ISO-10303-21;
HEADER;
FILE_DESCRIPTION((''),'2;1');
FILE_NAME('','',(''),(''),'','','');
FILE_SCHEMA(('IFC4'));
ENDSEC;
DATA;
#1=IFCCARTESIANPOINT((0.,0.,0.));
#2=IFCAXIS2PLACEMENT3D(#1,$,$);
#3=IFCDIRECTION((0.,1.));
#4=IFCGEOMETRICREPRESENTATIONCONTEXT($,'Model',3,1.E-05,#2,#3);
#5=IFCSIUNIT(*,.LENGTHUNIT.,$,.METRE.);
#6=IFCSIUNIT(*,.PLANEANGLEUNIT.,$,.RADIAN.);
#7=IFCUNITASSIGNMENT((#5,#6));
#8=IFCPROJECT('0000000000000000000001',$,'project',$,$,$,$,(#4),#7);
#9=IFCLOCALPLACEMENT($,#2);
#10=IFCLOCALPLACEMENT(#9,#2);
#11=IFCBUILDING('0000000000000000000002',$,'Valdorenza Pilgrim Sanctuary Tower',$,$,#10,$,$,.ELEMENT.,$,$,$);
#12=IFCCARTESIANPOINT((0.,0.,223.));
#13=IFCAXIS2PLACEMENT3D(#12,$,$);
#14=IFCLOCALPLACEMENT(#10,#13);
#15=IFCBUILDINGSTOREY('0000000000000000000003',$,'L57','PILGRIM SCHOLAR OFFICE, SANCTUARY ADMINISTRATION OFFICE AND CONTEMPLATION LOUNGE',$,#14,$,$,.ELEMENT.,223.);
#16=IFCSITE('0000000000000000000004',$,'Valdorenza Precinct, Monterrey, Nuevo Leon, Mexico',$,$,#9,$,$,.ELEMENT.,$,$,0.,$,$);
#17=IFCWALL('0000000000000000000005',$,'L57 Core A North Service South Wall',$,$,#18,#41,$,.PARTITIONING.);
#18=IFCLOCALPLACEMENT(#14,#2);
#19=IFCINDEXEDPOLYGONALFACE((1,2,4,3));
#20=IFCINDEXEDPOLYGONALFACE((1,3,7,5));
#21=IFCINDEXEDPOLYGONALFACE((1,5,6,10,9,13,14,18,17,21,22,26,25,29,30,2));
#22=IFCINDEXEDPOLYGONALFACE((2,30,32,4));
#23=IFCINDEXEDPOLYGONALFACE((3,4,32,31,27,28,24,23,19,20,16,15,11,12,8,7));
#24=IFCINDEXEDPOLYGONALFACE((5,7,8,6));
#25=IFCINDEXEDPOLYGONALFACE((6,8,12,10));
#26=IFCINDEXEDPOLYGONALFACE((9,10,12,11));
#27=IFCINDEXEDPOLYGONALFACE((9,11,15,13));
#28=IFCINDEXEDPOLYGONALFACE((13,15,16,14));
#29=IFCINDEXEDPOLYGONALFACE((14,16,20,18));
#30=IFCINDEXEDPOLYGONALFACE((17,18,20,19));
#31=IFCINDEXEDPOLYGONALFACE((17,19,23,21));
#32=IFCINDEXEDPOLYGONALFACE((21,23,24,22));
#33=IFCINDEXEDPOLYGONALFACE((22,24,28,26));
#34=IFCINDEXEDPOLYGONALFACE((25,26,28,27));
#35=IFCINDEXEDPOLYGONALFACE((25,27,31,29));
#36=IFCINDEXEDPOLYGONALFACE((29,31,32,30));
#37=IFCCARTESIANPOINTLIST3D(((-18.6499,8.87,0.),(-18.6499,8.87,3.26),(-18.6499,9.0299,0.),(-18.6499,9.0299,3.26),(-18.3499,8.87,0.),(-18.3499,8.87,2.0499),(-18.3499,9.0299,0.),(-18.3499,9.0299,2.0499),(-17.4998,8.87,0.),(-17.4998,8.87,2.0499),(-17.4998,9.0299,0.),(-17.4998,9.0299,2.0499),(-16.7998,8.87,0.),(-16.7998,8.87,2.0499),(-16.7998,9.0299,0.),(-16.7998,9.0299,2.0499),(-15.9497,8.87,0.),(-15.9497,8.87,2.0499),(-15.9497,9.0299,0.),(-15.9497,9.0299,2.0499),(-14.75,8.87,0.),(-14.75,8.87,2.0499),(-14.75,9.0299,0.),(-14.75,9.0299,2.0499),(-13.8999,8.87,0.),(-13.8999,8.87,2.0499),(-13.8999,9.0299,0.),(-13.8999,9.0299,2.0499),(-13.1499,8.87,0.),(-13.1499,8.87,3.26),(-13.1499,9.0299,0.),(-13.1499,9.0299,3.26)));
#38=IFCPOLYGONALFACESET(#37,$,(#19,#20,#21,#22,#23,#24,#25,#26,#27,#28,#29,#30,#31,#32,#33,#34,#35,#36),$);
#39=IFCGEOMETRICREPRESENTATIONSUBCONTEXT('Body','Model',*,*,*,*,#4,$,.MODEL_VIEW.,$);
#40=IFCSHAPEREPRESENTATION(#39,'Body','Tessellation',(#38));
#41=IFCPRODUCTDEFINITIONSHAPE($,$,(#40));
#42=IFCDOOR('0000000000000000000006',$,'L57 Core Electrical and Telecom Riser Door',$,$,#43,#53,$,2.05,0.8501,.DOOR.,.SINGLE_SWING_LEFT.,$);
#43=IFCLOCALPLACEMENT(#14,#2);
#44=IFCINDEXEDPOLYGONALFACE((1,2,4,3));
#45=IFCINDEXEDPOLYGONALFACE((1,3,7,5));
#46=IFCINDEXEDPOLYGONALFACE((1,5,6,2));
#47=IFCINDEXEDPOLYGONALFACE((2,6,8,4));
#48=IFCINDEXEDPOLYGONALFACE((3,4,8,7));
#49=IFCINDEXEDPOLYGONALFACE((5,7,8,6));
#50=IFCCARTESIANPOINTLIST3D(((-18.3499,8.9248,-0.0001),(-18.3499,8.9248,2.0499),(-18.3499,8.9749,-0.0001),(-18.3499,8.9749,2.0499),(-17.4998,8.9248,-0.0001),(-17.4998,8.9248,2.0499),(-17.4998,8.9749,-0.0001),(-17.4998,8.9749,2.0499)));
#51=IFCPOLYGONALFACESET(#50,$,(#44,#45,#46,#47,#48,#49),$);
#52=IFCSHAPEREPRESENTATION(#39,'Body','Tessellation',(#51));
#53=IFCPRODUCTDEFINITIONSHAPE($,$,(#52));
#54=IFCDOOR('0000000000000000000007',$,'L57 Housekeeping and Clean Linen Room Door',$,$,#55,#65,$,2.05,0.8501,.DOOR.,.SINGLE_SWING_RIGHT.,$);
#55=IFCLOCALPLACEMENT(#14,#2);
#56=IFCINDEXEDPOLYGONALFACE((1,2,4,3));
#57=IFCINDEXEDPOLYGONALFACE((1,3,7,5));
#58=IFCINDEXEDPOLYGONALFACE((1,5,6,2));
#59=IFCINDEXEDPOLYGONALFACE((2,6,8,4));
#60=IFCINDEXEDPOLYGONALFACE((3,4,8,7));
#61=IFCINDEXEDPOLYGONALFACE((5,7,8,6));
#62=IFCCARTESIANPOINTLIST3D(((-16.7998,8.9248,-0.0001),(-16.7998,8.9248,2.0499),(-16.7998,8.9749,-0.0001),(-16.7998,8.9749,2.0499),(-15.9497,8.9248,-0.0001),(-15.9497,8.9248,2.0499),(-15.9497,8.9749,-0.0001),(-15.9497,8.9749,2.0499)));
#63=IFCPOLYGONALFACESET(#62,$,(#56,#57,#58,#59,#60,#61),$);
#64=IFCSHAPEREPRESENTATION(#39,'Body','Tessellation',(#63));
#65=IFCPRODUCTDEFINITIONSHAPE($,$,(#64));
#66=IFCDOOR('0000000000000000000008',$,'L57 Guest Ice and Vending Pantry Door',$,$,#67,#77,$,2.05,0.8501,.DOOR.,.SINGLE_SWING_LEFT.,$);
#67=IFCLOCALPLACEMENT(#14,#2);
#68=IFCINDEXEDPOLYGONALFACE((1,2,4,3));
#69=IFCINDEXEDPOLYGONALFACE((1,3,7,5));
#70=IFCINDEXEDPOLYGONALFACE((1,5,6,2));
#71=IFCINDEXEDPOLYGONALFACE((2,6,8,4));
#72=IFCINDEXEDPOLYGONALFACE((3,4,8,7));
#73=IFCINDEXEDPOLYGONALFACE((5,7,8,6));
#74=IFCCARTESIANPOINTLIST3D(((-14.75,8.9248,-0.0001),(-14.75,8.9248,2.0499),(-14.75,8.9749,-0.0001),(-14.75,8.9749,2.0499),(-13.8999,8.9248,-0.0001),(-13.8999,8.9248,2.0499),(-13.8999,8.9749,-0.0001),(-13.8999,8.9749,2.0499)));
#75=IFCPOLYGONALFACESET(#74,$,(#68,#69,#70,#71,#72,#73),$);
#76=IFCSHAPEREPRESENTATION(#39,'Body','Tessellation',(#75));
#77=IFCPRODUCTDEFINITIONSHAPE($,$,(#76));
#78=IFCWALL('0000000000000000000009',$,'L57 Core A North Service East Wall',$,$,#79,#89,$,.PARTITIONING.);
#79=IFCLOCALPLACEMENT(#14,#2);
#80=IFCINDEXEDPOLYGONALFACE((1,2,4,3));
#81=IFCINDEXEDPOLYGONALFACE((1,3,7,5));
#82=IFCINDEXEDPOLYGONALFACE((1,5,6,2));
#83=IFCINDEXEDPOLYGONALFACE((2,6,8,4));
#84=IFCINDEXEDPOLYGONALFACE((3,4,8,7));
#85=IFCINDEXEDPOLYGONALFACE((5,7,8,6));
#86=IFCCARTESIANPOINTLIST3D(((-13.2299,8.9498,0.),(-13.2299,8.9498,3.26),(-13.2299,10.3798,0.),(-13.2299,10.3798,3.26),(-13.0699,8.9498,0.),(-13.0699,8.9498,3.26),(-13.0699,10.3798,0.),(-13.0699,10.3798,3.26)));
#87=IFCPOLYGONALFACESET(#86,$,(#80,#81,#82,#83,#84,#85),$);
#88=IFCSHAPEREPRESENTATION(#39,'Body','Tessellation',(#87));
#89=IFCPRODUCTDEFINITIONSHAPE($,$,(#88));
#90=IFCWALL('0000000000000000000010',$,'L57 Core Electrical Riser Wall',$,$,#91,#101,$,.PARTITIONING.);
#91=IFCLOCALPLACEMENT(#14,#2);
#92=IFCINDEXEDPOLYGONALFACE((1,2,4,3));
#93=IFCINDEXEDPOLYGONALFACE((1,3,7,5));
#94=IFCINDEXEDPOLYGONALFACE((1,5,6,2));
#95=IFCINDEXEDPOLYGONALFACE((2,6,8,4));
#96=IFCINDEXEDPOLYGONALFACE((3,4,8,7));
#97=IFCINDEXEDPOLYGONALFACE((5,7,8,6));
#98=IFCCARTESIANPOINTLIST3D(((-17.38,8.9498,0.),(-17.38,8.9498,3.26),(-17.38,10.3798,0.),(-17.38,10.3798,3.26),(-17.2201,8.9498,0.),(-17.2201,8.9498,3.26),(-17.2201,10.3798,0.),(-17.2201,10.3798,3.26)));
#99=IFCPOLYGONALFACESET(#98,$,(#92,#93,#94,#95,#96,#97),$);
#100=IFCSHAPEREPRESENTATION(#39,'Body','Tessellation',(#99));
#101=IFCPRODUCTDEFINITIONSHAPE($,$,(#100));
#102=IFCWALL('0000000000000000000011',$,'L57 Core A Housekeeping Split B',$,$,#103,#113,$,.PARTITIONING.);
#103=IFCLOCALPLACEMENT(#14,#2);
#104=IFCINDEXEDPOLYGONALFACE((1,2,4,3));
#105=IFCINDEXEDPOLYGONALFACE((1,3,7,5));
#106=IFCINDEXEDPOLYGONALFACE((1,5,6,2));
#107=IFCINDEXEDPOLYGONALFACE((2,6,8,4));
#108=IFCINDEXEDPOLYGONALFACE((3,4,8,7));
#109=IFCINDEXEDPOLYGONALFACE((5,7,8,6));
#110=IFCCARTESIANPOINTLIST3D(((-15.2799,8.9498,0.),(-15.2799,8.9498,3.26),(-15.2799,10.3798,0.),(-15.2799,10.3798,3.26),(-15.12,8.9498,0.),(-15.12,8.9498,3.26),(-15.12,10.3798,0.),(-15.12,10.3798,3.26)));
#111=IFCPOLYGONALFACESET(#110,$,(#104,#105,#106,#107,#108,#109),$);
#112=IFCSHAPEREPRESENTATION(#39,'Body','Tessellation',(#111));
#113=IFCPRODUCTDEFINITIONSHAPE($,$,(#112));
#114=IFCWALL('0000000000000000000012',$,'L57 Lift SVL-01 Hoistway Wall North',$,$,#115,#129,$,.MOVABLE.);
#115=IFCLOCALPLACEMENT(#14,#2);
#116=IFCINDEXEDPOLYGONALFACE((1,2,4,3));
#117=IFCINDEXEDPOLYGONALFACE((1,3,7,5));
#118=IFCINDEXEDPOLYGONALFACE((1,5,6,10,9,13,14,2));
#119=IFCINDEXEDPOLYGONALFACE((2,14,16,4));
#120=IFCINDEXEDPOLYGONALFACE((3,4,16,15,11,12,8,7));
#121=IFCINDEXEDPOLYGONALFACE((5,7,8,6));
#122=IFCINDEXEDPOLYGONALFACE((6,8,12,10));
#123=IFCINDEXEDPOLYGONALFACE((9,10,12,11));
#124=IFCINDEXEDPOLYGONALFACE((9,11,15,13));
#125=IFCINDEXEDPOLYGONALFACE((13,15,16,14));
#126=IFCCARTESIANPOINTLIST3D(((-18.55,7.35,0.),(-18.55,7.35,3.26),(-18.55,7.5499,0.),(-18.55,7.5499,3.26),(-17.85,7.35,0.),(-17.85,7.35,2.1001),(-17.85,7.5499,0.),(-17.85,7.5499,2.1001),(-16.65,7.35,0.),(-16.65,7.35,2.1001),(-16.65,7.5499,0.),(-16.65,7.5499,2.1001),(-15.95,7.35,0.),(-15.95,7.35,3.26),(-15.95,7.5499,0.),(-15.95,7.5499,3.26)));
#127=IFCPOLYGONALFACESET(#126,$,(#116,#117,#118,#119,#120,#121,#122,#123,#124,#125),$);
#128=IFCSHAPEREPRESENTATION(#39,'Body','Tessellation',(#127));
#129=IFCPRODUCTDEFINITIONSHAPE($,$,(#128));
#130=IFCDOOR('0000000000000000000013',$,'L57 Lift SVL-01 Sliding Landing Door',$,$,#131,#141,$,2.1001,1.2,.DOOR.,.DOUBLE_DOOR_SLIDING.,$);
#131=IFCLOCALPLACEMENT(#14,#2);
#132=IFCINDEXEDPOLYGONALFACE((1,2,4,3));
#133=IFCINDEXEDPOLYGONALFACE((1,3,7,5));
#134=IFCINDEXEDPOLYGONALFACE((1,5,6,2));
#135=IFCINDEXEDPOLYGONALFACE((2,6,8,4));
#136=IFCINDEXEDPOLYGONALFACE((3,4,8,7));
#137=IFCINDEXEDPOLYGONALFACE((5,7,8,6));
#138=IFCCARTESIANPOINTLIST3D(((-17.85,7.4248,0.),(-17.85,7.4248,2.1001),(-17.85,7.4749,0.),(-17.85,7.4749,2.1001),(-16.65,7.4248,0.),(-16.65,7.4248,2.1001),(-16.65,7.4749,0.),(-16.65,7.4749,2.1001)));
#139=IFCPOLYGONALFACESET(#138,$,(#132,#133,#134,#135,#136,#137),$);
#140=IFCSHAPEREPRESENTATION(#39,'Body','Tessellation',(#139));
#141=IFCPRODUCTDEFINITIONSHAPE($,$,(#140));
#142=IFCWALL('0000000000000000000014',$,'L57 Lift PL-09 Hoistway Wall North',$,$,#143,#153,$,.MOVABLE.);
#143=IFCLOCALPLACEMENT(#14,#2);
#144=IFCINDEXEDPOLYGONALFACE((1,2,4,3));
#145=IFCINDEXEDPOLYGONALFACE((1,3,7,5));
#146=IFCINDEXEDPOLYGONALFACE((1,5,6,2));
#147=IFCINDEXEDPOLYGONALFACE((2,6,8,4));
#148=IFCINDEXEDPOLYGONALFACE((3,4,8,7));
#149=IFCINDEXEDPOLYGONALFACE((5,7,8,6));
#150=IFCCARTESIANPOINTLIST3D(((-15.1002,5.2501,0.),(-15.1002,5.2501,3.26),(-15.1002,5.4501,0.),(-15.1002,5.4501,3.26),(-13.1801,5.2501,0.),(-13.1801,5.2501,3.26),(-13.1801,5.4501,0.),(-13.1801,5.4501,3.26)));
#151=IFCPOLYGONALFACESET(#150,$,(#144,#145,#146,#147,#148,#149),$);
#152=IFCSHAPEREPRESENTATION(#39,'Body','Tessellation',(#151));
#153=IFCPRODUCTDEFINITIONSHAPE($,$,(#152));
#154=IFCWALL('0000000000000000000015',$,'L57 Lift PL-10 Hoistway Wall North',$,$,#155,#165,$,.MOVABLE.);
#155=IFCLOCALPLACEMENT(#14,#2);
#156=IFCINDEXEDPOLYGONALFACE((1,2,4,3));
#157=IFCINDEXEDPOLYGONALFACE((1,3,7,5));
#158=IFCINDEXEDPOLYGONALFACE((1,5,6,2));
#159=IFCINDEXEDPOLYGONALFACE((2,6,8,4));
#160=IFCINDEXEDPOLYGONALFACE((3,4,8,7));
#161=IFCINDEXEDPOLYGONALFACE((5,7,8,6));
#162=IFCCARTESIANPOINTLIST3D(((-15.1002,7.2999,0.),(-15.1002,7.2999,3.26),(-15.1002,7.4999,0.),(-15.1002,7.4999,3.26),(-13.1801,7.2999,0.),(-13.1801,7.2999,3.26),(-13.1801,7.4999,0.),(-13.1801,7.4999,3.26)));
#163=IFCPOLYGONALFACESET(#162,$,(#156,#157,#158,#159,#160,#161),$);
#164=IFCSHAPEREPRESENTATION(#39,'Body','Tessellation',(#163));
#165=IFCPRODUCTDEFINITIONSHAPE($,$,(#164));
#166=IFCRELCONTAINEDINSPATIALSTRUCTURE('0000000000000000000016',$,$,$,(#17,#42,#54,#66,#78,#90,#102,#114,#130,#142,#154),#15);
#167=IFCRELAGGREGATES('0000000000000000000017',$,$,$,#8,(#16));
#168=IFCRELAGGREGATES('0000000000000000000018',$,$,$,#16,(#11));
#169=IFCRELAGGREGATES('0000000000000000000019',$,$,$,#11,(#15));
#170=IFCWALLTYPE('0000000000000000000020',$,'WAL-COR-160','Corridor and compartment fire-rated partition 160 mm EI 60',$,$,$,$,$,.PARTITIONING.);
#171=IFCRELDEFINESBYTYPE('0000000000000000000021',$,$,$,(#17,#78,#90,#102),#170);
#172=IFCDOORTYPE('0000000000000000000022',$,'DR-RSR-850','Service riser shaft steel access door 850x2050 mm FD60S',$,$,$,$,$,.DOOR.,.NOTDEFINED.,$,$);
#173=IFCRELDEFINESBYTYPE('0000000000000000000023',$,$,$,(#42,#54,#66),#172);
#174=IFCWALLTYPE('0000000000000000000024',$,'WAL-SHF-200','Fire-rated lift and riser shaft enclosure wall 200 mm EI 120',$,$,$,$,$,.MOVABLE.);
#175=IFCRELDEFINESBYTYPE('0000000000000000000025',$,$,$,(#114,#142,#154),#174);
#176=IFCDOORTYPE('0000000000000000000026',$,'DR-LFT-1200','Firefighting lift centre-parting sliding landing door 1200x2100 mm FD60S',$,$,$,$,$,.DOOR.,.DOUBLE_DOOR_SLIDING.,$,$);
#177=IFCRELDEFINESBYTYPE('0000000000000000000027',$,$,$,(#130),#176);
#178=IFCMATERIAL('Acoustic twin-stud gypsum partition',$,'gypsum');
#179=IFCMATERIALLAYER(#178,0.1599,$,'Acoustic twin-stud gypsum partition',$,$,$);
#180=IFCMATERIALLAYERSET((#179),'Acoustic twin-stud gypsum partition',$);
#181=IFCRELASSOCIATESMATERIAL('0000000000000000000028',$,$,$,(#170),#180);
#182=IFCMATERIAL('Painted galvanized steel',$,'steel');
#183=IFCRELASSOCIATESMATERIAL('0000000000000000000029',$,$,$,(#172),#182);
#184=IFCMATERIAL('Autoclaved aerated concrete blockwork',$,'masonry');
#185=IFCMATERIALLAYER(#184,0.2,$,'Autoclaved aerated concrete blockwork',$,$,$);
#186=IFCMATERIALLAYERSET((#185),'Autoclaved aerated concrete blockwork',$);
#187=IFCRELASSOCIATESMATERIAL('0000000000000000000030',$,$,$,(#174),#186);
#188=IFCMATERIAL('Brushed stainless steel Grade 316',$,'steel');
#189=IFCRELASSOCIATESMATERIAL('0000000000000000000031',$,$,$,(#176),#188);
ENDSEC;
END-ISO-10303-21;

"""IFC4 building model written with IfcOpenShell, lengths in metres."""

from ifc_helpers import new_model, si_unit, direction, frame, frame_2d, origin, place, context, subcontext, project, spatial, rectangle, extrude, material, layer, layer_set, type_object, element, fill, save


model = new_model("IFC4")

# Units and contexts
model_context = context("Model", 3, precision=1e-05, world=origin(), true_north=direction((0.0, 1.0)))
body_context = subcontext(model_context, "Body", "Model", "MODEL_VIEW")
ifc_project = project(units=[si_unit("LENGTHUNIT", "METRE"), si_unit("PLANEANGLEUNIT", "RADIAN")], contexts=[model_context])

# Site, building, storey
site_placement = place(None, origin())
site = spatial("IfcSite", under=ifc_project, at=site_placement, Name="Valdorenza Precinct, Monterrey, Nuevo Leon, Mexico", CompositionType="ELEMENT", RefElevation=0.0)
building_placement = place(site_placement, origin())
building = spatial("IfcBuilding", under=site, at=building_placement, Name="Valdorenza Pilgrim Sanctuary Tower", CompositionType="ELEMENT")
storey_placement = place(building_placement, frame((0.0, 0.0, 223.0)))
storey = spatial("IfcBuildingStorey", under=building, at=storey_placement, Name="L57", Description="PILGRIM SCHOLAR OFFICE, SANCTUARY ADMINISTRATION OFFICE AND CONTEMPLATION LOUNGE", CompositionType="ELEMENT", Elevation=223.0)

# Shared definitions
ifc_material_1 = material(Name="Acoustic twin-stud gypsum partition", Category="gypsum")
ifc_layer_1 = layer(ifc_material_1, 0.1599, Name="Acoustic twin-stud gypsum partition")
ifc_layer_set_1 = layer_set([ifc_layer_1], Name="Acoustic twin-stud gypsum partition")
wall_type_1 = type_object("IfcWallType", Name="WAL-COR-160", Description="Corridor and compartment fire-rated partition 160 mm EI 60", PredefinedType="PARTITIONING", material=ifc_layer_set_1)

# Wall, openings, doors
wall_1_placement = place(storey_placement, frame((-18.6499, 8.95, 0.0), z_axis=(0.0, 0.0, 1.0), x_axis=(1.0, 0.0, 0.0)))
wall_1 = element("IfcWall", 1, at=wall_1_placement, inside=storey, type_object=wall_type_1, Name="L57 Core A North Service South Wall", PredefinedType="PARTITIONING", context=body_context, shape_type="SweptSolid", body=[
    extrude(rectangle(XDim=5.5, YDim=0.1599, at=frame_2d((2.75, 0.0))), origin(), (0.0, 0.0, 1.0), 3.26),
])
opening_1_placement = place(wall_1_placement, frame((0.3, 0.0, 0.0)))
opening_1 = element("IfcOpeningElement", 2, at=opening_1_placement, cuts=wall_1, PredefinedType="OPENING", context=body_context, shape_type="SweptSolid", body=[
    extrude(rectangle(XDim=0.8501, YDim=2.05, at=frame_2d((0.425, 1.0249))), frame((0.0, 0.0947, 0.0), z_axis=(0.0, -1.0, 0.0), x_axis=(1.0, 0.0, 0.0)), (0.0, 0.0, 1.0), 0.1897),
])
opening_2_placement = place(wall_1_placement, frame((1.8501, 0.0, 0.0)))
opening_2 = element("IfcOpeningElement", 3, at=opening_2_placement, cuts=wall_1, PredefinedType="OPENING", context=body_context, shape_type="SweptSolid", body=[
    extrude(rectangle(XDim=0.8501, YDim=2.05, at=frame_2d((0.425, 1.0249))), frame((0.0, 0.0947, 0.0), z_axis=(0.0, -1.0, 0.0), x_axis=(1.0, 0.0, 0.0)), (0.0, 0.0, 1.0), 0.1897),
])
opening_3_placement = place(wall_1_placement, frame((3.8999, 0.0, 0.0)))
opening_3 = element("IfcOpeningElement", 4, at=opening_3_placement, cuts=wall_1, PredefinedType="OPENING", context=body_context, shape_type="SweptSolid", body=[
    extrude(rectangle(XDim=0.8501, YDim=2.05, at=frame_2d((0.425, 1.0249))), frame((0.0, 0.0947, 0.0), z_axis=(0.0, -1.0, 0.0), x_axis=(1.0, 0.0, 0.0)), (0.0, 0.0, 1.0), 0.1897),
])
ifc_material_2 = material(Name="Painted galvanized steel", Category="steel")
door_type_1 = type_object("IfcDoorType", Name="DR-RSR-850", Description="Service riser shaft steel access door 850x2050 mm FD60S", OperationType="NOTDEFINED", PredefinedType="DOOR", material=ifc_material_2)
door_1_placement = place(opening_1_placement, origin())
door_1 = element("IfcDoor", 5, at=door_1_placement, inside=storey, type_object=door_type_1, Name="L57 Core Electrical and Telecom Riser Door", OperationType="SINGLE_SWING_LEFT", OverallHeight=2.05, OverallWidth=0.8501, PredefinedType="DOOR", context=body_context, shape_type="SweptSolid", body=[
    extrude(rectangle(XDim=0.8501, YDim=2.05, at=frame_2d((0.425, 1.0249))), frame((0.0, 0.0249, 0.0), z_axis=(0.0, -1.0, 0.0), x_axis=(1.0, 0.0, 0.0)), (0.0, 0.0, 1.0), 0.05),
])
fill(opening_1, door_1)
door_2_placement = place(opening_2_placement, origin())
door_2 = element("IfcDoor", 6, at=door_2_placement, inside=storey, type_object=door_type_1, Name="L57 Housekeeping and Clean Linen Room Door", OperationType="SINGLE_SWING_RIGHT", OverallHeight=2.05, OverallWidth=0.8501, PredefinedType="DOOR", context=body_context, shape_type="SweptSolid", body=[
    extrude(rectangle(XDim=0.8501, YDim=2.05, at=frame_2d((0.425, 1.0249))), frame((0.0, 0.0249, 0.0), z_axis=(0.0, -1.0, 0.0), x_axis=(1.0, 0.0, 0.0)), (0.0, 0.0, 1.0), 0.05),
])
fill(opening_2, door_2)
door_3_placement = place(opening_3_placement, origin())
door_3 = element("IfcDoor", 7, at=door_3_placement, inside=storey, type_object=door_type_1, Name="L57 Guest Ice and Vending Pantry Door", OperationType="SINGLE_SWING_LEFT", OverallHeight=2.05, OverallWidth=0.8501, PredefinedType="DOOR", context=body_context, shape_type="SweptSolid", body=[
    extrude(rectangle(XDim=0.8501, YDim=2.05, at=frame_2d((0.425, 1.0249))), frame((0.0, 0.0249, 0.0), z_axis=(0.0, -1.0, 0.0), x_axis=(1.0, 0.0, 0.0)), (0.0, 0.0, 1.0), 0.05),
])
fill(opening_3, door_3)

# Walls
for number, where, z_axis, x_axis, name in (
    (8, (-13.1499, 8.95, 0.0), (0.0, 0.0, 1.0), (0.0, 1.0, 0.0), "L57 Core A North Service East Wall"),
    (9, (-17.3, 8.95, 0.0), (0.0, 0.0, 1.0), (0.0, 1.0, 0.0), "L57 Core Electrical Riser Wall"),
    (10, (-15.2, 8.95, 0.0), (0.0, 0.0, 1.0), (0.0, 1.0, 0.0), "L57 Core A Housekeeping Split B"),
):
    element("IfcWall", number, at=place(storey_placement, frame(where, z_axis=z_axis, x_axis=x_axis)), inside=storey, type_object=wall_type_1, Name=name, PredefinedType="PARTITIONING", context=body_context, shape_type="SweptSolid", body=[
        extrude(rectangle(XDim=1.4299, YDim=0.1599, at=frame_2d((0.7148, 0.0))), origin(), (0.0, 0.0, 1.0), 3.26),
    ])

# Wall, opening, door
ifc_material_3 = material(Name="Autoclaved aerated concrete blockwork", Category="masonry")
ifc_layer_2 = layer(ifc_material_3, 0.2, Name="Autoclaved aerated concrete blockwork")
ifc_layer_set_2 = layer_set([ifc_layer_2], Name="Autoclaved aerated concrete blockwork")
wall_type_2 = type_object("IfcWallType", Name="WAL-SHF-200", Description="Fire-rated lift and riser shaft enclosure wall 200 mm EI 120", PredefinedType="MOVABLE", material=ifc_layer_set_2)
wall_2_placement = place(storey_placement, frame((-18.55, 7.45, 0.0), z_axis=(0.0, 0.0, 1.0), x_axis=(1.0, 0.0, 0.0)))
wall_2 = element("IfcWall", 11, at=wall_2_placement, inside=storey, type_object=wall_type_2, Name="L57 Lift SVL-01 Hoistway Wall North", PredefinedType="MOVABLE", context=body_context, shape_type="SweptSolid", body=[
    extrude(rectangle(XDim=2.6001, YDim=0.2, at=frame_2d((1.3, 0.0))), origin(), (0.0, 0.0, 1.0), 3.26),
])
opening_4_placement = place(wall_2_placement, frame((0.7, 0.0, 0.0)))
opening_4 = element("IfcOpeningElement", 12, at=opening_4_placement, cuts=wall_2, PredefinedType="OPENING", context=body_context, shape_type="SweptSolid", body=[
    extrude(rectangle(XDim=1.2, YDim=2.1001, at=frame_2d((0.6001, 1.05))), frame((0.0, 0.1147, 0.0), z_axis=(0.0, -1.0, 0.0), x_axis=(1.0, 0.0, 0.0)), (0.0, 0.0, 1.0), 0.2297),
])
ifc_material_4 = material(Name="Brushed stainless steel Grade 316", Category="steel")
door_type_2 = type_object("IfcDoorType", Name="DR-LFT-1200", Description="Firefighting lift centre-parting sliding landing door 1200x2100 mm FD60S", OperationType="DOUBLE_DOOR_SLIDING", PredefinedType="DOOR", material=ifc_material_4)
door_4_placement = place(opening_4_placement, origin())
door_4 = element("IfcDoor", 13, at=door_4_placement, inside=storey, type_object=door_type_2, Name="L57 Lift SVL-01 Sliding Landing Door", OperationType="DOUBLE_DOOR_SLIDING", OverallHeight=2.1001, OverallWidth=1.2, PredefinedType="DOOR", context=body_context, shape_type="SweptSolid", body=[
    extrude(rectangle(XDim=1.2, YDim=2.1001, at=frame_2d((0.6001, 1.05))), frame((0.0, 0.0249, 0.0), z_axis=(0.0, -1.0, 0.0), x_axis=(1.0, 0.0, 0.0)), (0.0, 0.0, 1.0), 0.05),
])
fill(opening_4, door_4)

# Walls
for number, where, z_axis, x_axis, name in (
    (14, (-15.1001, 5.3501, 0.0), (0.0, 0.0, 1.0), (1.0, 0.0, 0.0), "L57 Lift PL-09 Hoistway Wall North"),
    (15, (-15.1001, 7.3999, 0.0), (0.0, 0.0, 1.0), (1.0, 0.0, 0.0), "L57 Lift PL-10 Hoistway Wall North"),
):
    element("IfcWall", number, at=place(storey_placement, frame(where, z_axis=z_axis, x_axis=x_axis)), inside=storey, type_object=wall_type_2, Name=name, PredefinedType="MOVABLE", context=body_context, shape_type="SweptSolid", body=[
        extrude(rectangle(XDim=1.9202, YDim=0.2, at=frame_2d((0.96, 0.0))), origin(), (0.0, 0.0, 1.0), 3.26),
    ])

save(model, "model.ifc")
